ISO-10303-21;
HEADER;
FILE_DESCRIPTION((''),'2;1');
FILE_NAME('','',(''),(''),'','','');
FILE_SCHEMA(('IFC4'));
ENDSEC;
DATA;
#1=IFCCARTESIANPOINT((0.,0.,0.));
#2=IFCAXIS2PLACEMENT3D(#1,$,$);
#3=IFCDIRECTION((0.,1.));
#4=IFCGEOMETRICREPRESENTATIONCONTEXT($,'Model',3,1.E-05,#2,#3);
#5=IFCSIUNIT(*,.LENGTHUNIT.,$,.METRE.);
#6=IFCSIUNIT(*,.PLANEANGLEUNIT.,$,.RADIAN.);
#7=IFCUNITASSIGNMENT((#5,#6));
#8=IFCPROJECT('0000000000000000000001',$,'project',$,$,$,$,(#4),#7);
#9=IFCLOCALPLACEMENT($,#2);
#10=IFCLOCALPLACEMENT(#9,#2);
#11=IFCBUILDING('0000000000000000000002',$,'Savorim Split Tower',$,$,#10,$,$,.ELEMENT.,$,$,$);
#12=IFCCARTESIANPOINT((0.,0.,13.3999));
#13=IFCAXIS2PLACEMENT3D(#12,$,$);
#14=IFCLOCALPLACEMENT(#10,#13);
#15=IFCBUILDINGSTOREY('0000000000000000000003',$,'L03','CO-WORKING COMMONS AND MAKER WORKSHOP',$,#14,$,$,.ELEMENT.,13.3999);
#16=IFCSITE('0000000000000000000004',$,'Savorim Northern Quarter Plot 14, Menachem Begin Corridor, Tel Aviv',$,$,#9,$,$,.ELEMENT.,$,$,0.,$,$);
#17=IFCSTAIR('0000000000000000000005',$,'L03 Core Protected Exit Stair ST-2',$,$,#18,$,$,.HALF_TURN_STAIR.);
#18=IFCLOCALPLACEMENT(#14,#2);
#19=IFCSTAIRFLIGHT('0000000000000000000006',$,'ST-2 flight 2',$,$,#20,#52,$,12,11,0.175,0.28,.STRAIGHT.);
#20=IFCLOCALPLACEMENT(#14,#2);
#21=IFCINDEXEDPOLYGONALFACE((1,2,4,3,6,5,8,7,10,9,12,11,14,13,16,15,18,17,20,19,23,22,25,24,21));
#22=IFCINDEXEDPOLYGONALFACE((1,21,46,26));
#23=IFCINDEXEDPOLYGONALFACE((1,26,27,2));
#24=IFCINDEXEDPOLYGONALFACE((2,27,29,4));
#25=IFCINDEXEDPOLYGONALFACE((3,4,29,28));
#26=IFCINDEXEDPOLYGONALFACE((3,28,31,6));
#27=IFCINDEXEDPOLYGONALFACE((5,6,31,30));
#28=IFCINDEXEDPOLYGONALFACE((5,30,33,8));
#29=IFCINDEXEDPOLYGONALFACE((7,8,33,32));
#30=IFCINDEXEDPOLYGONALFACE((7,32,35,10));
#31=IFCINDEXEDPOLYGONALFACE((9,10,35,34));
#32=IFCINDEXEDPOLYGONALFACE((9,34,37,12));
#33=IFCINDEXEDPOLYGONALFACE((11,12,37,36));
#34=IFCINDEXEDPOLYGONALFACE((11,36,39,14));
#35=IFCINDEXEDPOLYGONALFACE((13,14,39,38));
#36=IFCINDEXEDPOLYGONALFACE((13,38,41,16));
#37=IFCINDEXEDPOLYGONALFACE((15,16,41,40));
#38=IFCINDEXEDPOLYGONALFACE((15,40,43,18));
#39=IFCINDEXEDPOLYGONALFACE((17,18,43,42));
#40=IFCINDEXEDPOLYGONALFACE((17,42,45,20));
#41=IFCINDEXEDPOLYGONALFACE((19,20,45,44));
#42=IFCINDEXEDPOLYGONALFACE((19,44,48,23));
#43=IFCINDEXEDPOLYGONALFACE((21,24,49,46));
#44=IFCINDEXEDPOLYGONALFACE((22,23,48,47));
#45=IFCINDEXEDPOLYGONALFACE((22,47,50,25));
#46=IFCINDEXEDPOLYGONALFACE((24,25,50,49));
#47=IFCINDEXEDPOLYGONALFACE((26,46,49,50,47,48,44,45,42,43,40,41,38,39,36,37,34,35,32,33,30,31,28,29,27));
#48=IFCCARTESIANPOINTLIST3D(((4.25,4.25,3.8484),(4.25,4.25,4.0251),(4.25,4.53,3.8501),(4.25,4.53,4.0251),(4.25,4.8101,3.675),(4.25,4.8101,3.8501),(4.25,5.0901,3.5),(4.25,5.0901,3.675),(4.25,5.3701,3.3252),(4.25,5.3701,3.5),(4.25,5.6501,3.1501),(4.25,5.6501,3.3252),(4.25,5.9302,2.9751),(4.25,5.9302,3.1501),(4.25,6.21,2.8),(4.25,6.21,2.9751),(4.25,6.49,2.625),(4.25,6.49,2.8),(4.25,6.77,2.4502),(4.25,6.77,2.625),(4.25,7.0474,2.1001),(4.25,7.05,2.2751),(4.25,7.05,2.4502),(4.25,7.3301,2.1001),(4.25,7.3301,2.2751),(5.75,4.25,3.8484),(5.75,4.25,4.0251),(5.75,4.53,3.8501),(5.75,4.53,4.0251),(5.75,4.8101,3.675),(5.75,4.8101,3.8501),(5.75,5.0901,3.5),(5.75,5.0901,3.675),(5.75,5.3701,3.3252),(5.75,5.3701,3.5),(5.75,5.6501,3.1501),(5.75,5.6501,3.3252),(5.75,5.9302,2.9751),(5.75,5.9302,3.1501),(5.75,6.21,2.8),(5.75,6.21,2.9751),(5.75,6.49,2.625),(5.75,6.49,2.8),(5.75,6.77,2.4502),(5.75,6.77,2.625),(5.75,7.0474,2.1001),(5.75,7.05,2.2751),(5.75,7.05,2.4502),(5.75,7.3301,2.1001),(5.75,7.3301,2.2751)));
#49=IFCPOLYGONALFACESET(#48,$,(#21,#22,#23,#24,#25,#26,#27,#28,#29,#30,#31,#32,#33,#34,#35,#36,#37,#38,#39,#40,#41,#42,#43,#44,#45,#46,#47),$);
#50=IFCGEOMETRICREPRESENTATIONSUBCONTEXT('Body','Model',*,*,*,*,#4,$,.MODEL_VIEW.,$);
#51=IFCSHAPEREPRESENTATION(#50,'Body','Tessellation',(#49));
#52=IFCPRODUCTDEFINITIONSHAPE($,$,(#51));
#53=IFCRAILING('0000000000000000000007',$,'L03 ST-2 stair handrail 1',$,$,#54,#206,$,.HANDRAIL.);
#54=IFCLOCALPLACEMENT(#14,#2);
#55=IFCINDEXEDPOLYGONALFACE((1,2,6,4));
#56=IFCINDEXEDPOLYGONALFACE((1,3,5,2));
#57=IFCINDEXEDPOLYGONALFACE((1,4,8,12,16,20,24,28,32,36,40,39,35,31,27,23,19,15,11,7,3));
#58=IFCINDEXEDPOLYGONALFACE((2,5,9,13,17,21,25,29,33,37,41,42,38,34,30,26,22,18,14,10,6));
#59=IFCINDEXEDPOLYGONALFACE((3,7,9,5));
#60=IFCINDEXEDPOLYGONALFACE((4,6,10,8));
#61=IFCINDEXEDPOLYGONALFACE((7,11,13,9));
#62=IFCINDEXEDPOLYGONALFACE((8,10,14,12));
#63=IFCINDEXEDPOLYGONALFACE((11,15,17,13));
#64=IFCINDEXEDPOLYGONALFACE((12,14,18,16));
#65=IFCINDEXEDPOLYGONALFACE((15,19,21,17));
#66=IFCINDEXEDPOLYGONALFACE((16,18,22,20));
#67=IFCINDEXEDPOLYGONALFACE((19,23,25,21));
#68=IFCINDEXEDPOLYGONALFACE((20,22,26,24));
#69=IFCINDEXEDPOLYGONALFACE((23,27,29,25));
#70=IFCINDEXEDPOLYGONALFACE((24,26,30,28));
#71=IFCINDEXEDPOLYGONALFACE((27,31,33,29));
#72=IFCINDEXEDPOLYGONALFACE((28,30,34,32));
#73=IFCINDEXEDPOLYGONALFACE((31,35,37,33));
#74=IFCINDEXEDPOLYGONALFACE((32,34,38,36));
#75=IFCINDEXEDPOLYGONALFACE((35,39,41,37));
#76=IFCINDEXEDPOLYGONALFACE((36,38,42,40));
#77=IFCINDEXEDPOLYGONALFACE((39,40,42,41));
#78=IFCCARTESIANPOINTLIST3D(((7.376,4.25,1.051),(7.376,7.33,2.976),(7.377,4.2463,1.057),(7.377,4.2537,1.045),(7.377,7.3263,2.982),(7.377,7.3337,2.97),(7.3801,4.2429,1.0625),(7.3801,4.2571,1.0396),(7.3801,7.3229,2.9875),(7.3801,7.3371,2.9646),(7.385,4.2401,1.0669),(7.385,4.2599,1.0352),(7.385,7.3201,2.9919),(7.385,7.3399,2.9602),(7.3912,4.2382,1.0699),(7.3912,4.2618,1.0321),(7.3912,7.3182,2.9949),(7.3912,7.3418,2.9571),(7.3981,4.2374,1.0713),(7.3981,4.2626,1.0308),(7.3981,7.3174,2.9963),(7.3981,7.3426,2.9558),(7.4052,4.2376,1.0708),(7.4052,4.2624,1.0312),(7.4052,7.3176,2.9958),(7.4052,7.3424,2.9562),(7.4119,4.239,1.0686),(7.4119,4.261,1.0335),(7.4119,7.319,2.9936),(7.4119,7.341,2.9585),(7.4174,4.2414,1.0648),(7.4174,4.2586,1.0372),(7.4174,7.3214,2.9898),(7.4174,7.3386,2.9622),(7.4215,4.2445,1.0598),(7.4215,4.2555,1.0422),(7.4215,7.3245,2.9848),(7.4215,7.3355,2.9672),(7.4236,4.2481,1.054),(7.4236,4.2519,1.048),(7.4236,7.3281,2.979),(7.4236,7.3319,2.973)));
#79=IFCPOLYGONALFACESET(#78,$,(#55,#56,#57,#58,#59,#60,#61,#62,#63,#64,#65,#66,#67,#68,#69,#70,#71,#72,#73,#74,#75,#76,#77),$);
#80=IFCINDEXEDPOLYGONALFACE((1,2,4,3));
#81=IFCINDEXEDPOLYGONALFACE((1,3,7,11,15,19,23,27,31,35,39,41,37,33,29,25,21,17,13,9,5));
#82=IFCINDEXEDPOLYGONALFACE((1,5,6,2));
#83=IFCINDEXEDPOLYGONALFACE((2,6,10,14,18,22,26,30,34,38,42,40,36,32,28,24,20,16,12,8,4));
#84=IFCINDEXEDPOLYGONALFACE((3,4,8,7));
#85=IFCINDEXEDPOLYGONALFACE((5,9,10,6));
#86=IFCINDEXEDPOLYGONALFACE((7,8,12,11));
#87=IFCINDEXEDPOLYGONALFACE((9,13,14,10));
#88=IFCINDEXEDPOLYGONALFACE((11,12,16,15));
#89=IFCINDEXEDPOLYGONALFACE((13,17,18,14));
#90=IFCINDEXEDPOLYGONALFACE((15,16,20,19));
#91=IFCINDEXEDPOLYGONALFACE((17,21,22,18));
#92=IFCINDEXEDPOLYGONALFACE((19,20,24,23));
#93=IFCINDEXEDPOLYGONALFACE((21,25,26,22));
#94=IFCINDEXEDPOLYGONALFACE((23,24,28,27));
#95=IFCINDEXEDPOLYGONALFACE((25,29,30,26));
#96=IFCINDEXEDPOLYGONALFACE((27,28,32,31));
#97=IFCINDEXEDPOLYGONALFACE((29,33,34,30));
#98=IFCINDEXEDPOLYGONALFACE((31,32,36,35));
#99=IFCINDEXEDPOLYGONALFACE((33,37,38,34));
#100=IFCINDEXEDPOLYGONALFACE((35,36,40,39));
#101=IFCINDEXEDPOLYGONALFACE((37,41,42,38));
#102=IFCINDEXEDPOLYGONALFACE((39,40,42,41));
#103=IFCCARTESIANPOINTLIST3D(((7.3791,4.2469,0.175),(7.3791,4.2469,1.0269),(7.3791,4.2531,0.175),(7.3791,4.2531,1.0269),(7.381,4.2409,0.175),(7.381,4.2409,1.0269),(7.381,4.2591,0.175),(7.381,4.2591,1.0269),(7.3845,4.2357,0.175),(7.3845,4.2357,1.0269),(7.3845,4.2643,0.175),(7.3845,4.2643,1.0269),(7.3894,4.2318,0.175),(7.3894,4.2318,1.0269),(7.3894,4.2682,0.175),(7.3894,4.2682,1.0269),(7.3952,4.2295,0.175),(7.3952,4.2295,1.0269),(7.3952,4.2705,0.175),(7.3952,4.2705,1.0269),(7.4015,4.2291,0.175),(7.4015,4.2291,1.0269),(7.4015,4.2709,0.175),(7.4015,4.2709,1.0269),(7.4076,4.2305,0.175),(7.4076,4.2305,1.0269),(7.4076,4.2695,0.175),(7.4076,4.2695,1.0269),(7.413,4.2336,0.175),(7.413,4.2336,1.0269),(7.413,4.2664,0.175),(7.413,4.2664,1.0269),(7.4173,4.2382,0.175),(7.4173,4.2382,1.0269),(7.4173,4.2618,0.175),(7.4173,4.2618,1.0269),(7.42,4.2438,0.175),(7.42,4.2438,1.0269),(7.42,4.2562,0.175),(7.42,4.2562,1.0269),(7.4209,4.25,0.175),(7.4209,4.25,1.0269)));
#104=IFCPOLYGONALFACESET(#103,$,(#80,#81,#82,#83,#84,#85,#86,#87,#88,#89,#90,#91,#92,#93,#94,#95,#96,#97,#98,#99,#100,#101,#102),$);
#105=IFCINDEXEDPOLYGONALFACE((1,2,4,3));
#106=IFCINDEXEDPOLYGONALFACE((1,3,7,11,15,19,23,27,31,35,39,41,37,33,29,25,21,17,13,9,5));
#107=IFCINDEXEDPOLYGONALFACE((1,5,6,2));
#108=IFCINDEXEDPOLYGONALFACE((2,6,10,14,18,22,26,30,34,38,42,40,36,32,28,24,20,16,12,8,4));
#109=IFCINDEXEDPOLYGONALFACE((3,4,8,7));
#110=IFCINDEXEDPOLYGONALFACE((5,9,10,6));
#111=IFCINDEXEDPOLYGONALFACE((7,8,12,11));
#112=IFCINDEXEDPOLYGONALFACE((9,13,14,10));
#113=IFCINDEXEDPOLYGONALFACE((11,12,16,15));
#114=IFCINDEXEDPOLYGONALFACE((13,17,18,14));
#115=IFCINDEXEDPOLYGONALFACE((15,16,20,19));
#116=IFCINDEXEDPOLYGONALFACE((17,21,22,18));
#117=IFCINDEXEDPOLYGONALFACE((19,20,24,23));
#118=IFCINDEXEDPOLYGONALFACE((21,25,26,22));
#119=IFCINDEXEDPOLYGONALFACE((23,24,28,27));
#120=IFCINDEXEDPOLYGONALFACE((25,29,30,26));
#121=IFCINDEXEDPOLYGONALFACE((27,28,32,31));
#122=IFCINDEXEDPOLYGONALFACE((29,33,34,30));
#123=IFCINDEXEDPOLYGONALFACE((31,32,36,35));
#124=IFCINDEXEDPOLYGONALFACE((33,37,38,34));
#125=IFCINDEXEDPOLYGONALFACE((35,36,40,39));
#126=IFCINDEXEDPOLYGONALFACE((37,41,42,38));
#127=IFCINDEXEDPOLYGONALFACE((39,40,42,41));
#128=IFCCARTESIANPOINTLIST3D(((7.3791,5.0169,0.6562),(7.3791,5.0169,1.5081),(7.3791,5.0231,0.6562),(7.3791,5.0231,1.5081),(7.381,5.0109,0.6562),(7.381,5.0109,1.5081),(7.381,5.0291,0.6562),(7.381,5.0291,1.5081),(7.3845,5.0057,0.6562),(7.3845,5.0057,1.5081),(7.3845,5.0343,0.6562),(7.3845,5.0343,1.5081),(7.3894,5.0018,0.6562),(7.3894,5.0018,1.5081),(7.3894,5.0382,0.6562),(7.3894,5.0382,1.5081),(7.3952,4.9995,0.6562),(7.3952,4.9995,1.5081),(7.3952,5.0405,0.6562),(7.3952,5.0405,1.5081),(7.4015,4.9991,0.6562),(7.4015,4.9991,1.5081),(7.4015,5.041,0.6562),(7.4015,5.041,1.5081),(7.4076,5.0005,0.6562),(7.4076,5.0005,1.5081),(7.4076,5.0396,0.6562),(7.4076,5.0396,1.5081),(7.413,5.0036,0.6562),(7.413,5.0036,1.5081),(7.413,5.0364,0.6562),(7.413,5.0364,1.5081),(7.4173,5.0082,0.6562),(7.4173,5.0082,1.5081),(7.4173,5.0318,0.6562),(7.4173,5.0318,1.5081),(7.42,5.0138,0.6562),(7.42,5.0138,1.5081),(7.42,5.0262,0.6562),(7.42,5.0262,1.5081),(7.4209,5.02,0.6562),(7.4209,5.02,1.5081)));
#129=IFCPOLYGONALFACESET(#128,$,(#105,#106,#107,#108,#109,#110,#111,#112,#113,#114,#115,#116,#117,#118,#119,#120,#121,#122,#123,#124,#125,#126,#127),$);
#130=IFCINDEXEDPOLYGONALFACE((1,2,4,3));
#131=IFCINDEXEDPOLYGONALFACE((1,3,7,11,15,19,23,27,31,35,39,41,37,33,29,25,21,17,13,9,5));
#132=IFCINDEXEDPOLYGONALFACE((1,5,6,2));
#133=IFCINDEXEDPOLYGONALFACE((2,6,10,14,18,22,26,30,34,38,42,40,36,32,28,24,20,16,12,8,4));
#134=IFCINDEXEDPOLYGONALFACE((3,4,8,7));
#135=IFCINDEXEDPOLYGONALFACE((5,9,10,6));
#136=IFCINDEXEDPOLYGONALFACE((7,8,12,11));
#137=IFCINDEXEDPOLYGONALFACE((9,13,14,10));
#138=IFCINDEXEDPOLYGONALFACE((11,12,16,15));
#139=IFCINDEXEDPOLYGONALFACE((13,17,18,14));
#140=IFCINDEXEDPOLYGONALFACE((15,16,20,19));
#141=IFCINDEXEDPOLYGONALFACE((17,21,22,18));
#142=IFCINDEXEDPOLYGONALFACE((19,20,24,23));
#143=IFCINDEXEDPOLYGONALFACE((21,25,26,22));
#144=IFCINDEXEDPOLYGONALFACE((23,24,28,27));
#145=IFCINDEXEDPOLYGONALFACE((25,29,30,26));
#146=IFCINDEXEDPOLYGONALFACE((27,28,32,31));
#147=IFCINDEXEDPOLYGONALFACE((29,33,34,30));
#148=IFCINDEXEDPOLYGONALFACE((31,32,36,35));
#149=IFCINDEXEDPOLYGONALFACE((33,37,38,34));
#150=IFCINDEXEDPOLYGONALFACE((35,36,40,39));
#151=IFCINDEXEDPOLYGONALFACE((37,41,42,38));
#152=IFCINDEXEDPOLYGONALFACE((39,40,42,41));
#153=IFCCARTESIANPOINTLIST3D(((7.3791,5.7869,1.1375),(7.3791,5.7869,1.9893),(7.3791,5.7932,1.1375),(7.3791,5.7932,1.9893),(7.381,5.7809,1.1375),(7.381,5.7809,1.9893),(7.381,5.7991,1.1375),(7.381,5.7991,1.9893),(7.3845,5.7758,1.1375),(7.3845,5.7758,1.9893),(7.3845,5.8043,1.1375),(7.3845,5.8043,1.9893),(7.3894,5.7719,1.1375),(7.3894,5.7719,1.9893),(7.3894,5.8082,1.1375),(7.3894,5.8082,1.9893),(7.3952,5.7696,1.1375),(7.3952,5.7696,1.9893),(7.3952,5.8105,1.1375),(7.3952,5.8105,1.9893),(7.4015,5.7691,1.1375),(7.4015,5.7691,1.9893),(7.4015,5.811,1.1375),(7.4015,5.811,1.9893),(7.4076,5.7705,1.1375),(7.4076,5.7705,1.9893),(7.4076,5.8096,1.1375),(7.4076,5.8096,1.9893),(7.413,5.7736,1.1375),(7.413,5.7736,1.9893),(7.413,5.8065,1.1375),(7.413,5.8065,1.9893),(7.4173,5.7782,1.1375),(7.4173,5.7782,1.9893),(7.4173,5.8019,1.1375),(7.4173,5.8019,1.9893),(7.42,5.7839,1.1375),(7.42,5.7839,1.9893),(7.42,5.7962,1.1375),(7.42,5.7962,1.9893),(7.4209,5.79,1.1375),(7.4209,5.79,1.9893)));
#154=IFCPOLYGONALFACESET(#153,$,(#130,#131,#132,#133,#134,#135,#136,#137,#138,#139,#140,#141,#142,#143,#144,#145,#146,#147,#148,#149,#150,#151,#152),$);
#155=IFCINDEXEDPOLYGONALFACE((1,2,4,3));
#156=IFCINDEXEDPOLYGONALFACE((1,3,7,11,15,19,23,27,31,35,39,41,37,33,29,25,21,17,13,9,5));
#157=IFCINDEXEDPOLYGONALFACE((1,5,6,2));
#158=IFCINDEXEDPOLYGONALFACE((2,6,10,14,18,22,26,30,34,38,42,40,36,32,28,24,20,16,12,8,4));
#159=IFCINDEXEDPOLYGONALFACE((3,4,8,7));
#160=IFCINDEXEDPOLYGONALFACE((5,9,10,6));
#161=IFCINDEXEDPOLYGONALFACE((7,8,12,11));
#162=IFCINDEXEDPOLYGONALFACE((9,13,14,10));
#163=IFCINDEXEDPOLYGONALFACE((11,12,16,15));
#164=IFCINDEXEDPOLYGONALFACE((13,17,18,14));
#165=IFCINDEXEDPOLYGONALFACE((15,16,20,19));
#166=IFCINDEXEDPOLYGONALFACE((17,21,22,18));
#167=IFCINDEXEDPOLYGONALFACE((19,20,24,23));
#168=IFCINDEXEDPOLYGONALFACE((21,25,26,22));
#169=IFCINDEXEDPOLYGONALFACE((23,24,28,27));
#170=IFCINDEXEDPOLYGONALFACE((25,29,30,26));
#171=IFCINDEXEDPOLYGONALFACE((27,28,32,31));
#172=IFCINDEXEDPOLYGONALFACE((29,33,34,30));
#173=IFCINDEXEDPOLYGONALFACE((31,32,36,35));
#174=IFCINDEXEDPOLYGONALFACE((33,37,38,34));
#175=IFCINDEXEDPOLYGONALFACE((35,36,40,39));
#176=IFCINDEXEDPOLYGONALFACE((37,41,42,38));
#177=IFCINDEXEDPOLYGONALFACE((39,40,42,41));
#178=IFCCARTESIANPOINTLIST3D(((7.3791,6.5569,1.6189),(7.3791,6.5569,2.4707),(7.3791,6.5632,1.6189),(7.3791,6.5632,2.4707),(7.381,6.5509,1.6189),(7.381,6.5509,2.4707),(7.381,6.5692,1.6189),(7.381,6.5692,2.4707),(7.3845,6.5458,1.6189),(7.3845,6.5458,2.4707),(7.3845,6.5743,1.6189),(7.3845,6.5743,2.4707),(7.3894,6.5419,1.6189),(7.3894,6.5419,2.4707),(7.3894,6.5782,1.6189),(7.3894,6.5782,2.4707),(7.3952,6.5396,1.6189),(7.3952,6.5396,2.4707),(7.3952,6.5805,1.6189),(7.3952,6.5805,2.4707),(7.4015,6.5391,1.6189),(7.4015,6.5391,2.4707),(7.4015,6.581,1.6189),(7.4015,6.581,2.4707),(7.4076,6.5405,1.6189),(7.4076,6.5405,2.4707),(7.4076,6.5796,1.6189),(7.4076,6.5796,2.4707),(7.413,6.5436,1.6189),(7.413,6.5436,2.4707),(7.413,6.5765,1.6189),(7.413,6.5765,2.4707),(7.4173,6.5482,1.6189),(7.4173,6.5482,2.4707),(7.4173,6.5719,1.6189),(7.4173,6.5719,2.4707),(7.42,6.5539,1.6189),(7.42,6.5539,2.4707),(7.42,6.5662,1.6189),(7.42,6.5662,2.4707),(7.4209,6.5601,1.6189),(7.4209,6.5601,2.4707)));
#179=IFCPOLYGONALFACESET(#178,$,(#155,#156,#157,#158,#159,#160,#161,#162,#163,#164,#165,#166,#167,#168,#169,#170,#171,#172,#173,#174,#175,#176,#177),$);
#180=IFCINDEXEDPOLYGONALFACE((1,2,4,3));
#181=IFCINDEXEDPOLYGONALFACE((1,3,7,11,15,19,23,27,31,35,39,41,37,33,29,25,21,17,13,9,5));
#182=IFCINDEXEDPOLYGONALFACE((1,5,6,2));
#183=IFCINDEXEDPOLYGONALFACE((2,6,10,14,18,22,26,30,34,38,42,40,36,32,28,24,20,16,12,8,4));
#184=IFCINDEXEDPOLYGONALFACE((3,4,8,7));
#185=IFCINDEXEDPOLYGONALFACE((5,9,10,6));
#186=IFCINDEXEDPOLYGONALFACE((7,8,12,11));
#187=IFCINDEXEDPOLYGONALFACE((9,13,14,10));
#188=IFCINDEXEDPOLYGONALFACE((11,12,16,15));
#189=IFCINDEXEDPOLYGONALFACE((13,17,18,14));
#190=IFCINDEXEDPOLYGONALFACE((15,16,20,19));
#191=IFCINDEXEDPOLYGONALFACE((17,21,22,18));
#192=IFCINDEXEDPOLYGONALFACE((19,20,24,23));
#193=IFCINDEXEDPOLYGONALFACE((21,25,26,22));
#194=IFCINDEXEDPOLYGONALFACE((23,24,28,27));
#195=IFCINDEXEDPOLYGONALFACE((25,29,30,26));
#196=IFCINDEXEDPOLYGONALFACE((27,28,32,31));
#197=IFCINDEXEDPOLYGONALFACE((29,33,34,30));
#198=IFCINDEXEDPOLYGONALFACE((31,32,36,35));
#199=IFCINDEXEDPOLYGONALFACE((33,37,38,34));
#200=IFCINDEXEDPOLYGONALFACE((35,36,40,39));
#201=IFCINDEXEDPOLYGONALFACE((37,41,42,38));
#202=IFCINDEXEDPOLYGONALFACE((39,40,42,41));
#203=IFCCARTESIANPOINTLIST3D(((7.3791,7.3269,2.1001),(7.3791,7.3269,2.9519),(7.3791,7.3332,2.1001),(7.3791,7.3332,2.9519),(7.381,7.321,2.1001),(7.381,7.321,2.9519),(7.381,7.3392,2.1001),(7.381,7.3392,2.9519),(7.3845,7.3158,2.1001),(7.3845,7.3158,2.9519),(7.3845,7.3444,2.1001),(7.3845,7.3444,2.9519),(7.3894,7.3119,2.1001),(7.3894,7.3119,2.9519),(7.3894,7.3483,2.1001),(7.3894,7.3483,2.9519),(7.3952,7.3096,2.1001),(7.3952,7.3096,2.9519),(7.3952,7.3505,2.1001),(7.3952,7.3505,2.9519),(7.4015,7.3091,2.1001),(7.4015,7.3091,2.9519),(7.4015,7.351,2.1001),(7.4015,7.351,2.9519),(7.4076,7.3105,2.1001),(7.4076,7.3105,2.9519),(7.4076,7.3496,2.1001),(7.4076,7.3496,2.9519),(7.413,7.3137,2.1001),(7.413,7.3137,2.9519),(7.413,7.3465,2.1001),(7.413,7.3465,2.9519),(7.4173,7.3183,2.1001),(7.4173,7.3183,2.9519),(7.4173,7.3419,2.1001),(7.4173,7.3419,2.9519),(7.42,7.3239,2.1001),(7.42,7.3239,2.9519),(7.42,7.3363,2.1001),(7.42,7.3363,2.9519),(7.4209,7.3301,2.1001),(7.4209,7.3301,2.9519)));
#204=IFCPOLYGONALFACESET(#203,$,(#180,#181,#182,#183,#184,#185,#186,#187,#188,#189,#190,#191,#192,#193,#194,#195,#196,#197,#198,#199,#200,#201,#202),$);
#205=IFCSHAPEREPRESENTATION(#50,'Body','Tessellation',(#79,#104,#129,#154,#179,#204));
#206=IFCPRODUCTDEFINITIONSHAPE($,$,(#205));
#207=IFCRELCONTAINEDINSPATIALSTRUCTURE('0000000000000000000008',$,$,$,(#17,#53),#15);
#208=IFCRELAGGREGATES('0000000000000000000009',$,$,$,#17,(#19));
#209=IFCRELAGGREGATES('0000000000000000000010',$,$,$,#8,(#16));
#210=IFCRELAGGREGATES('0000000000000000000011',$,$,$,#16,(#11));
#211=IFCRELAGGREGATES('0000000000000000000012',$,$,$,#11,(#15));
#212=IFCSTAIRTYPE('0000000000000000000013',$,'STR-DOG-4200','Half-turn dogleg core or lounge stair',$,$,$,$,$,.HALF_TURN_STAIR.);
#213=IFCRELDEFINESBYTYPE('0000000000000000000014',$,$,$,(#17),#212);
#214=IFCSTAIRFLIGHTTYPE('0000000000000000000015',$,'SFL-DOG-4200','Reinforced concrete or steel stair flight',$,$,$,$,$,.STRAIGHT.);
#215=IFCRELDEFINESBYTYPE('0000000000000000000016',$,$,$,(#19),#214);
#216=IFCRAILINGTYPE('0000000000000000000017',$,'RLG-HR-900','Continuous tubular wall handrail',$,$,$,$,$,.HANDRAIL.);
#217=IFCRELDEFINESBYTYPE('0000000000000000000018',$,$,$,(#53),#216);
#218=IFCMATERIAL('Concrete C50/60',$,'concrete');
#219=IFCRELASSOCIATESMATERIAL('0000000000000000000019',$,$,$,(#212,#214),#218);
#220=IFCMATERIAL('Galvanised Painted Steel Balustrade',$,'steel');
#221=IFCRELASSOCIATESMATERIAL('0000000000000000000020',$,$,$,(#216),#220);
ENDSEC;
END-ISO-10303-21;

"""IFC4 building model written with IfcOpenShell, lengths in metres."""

from ifc_helpers import new_model, si_unit, direction, frame, origin, origin_2d, place, context, subcontext, project, spatial, polyline, circle, outline, extrude, material, type_object, element, aggregate, save


model = new_model("IFC4")

# Units and contexts
model_context = context("Model", 3, precision=1e-05, world=origin(), true_north=direction((0.0, 1.0)))
body_context = subcontext(model_context, "Body", "Model", "MODEL_VIEW")
ifc_project = project(units=[si_unit("LENGTHUNIT", "METRE"), si_unit("PLANEANGLEUNIT", "RADIAN")], contexts=[model_context])

# Site, building, storey
site_placement = place(None, origin())
site = spatial("IfcSite", under=ifc_project, at=site_placement, Name="Savorim Northern Quarter Plot 14, Menachem Begin Corridor, Tel Aviv", CompositionType="ELEMENT", RefElevation=0.0)
building_placement = place(site_placement, origin())
building = spatial("IfcBuilding", under=site, at=building_placement, Name="Savorim Split Tower", CompositionType="ELEMENT")
storey_placement = place(building_placement, frame((0.0, 0.0, 13.3999)))
storey = spatial("IfcBuildingStorey", under=building, at=storey_placement, Name="L03", Description="CO-WORKING COMMONS AND MAKER WORKSHOP", CompositionType="ELEMENT", Elevation=13.3999)

# Stair, stair flight
ifc_material_1 = material(Name="Concrete C50/60", Category="concrete")
stair_type = type_object("IfcStairType", Name="STR-DOG-4200", Description="Half-turn dogleg core or lounge stair", PredefinedType="HALF_TURN_STAIR", material=ifc_material_1)
stair_placement = place(storey_placement, origin())
stair = element("IfcStair", 1, at=stair_placement, inside=storey, type_object=stair_type, Name="L03 Core Protected Exit Stair ST-2", PredefinedType="HALF_TURN_STAIR")
stair_flight_type = type_object("IfcStairFlightType", Name="SFL-DOG-4200", Description="Reinforced concrete or steel stair flight", PredefinedType="STRAIGHT", material=ifc_material_1)
stair_flight_1_placement = place(storey_placement, frame((5.0, 7.3301, 2.1001), z_axis=(0.0, 0.0, 1.0), x_axis=(0.0, -1.0, 0.0)))
stair_flight_1 = element("IfcStairFlight", 2, at=stair_flight_1_placement, type_object=stair_flight_type, Name="ST-2 flight 2", NumberOfRisers=12, NumberOfTreads=11, PredefinedType="STRAIGHT", RiserHeight=0.175, TreadLength=0.28, context=body_context, shape_type="SweptSolid", body=[
    extrude(outline(polyline([(0.0, 0.0), (0.0, 0.175), (0.28, 0.175), (0.28, 0.3501), (0.5601, 0.3501), (0.5601, 0.5249), (0.8401, 0.5249), (0.8401, 0.7), (1.1201, 0.7), (1.1201, 0.875), (1.3999, 0.875), (1.3999, 1.05), (1.6799, 1.05), (1.6799, 1.2251), (1.96, 1.2251), (1.96, 1.3999), (2.24, 1.3999), (2.24, 1.575), (2.52, 1.575), (2.52, 1.75), (2.8, 1.75), (2.8, 1.925), (3.0801, 1.925), (3.0801, 2.1001), (3.0801, 1.7483), (0.2827, 0.0), (0.0, 0.0)])), frame((0.0, 0.75, 0.0), z_axis=(0.0, -1.0, 0.0), x_axis=(1.0, 0.0, 0.0)), (0.0, 0.0, 1.0), 1.5),
])
aggregate(stair, [stair_flight_1])

# Railing
ifc_material_2 = material(Name="Galvanised Painted Steel Balustrade", Category="steel")
railing_type_1 = type_object("IfcRailingType", Name="RLG-HR-900", Description="Continuous tubular wall handrail", PredefinedType="HANDRAIL", material=ifc_material_2)
railing_1_placement = place(storey_placement, frame((7.3999, 4.25, 0.175)))
element("IfcRailing", 3, at=railing_1_placement, inside=storey, type_object=railing_type_1, Name="L03 ST-2 stair handrail 1", PredefinedType="HANDRAIL", context=body_context, shape_type="SweptSolid", body=[
    extrude(circle(Radius=0.0239, at=origin_2d()), frame((0.0, 0.0, 0.876), z_axis=(0.0, 0.847998, 0.529999), x_axis=(-1.0, 0.0, 0.0)), (0.0, 0.0, 1.0), 3.6321),
    extrude(circle(Radius=0.021, at=origin_2d()), origin(), (0.0, 0.0, 1.0), 0.8518),
    extrude(circle(Radius=0.021, at=origin_2d()), frame((0.0, 0.77, 0.4812)), (0.0, 0.0, 1.0), 0.8518),
    extrude(circle(Radius=0.021, at=origin_2d()), frame((0.0, 1.54, 0.9624)), (0.0, 0.0, 1.0), 0.8518),
    extrude(circle(Radius=0.021, at=origin_2d()), frame((0.0, 2.3101, 1.4438)), (0.0, 0.0, 1.0), 0.8518),
    extrude(circle(Radius=0.021, at=origin_2d()), frame((0.0, 3.0801, 1.925)), (0.0, 0.0, 1.0), 0.8518),
])

save(model, "model.ifc")
